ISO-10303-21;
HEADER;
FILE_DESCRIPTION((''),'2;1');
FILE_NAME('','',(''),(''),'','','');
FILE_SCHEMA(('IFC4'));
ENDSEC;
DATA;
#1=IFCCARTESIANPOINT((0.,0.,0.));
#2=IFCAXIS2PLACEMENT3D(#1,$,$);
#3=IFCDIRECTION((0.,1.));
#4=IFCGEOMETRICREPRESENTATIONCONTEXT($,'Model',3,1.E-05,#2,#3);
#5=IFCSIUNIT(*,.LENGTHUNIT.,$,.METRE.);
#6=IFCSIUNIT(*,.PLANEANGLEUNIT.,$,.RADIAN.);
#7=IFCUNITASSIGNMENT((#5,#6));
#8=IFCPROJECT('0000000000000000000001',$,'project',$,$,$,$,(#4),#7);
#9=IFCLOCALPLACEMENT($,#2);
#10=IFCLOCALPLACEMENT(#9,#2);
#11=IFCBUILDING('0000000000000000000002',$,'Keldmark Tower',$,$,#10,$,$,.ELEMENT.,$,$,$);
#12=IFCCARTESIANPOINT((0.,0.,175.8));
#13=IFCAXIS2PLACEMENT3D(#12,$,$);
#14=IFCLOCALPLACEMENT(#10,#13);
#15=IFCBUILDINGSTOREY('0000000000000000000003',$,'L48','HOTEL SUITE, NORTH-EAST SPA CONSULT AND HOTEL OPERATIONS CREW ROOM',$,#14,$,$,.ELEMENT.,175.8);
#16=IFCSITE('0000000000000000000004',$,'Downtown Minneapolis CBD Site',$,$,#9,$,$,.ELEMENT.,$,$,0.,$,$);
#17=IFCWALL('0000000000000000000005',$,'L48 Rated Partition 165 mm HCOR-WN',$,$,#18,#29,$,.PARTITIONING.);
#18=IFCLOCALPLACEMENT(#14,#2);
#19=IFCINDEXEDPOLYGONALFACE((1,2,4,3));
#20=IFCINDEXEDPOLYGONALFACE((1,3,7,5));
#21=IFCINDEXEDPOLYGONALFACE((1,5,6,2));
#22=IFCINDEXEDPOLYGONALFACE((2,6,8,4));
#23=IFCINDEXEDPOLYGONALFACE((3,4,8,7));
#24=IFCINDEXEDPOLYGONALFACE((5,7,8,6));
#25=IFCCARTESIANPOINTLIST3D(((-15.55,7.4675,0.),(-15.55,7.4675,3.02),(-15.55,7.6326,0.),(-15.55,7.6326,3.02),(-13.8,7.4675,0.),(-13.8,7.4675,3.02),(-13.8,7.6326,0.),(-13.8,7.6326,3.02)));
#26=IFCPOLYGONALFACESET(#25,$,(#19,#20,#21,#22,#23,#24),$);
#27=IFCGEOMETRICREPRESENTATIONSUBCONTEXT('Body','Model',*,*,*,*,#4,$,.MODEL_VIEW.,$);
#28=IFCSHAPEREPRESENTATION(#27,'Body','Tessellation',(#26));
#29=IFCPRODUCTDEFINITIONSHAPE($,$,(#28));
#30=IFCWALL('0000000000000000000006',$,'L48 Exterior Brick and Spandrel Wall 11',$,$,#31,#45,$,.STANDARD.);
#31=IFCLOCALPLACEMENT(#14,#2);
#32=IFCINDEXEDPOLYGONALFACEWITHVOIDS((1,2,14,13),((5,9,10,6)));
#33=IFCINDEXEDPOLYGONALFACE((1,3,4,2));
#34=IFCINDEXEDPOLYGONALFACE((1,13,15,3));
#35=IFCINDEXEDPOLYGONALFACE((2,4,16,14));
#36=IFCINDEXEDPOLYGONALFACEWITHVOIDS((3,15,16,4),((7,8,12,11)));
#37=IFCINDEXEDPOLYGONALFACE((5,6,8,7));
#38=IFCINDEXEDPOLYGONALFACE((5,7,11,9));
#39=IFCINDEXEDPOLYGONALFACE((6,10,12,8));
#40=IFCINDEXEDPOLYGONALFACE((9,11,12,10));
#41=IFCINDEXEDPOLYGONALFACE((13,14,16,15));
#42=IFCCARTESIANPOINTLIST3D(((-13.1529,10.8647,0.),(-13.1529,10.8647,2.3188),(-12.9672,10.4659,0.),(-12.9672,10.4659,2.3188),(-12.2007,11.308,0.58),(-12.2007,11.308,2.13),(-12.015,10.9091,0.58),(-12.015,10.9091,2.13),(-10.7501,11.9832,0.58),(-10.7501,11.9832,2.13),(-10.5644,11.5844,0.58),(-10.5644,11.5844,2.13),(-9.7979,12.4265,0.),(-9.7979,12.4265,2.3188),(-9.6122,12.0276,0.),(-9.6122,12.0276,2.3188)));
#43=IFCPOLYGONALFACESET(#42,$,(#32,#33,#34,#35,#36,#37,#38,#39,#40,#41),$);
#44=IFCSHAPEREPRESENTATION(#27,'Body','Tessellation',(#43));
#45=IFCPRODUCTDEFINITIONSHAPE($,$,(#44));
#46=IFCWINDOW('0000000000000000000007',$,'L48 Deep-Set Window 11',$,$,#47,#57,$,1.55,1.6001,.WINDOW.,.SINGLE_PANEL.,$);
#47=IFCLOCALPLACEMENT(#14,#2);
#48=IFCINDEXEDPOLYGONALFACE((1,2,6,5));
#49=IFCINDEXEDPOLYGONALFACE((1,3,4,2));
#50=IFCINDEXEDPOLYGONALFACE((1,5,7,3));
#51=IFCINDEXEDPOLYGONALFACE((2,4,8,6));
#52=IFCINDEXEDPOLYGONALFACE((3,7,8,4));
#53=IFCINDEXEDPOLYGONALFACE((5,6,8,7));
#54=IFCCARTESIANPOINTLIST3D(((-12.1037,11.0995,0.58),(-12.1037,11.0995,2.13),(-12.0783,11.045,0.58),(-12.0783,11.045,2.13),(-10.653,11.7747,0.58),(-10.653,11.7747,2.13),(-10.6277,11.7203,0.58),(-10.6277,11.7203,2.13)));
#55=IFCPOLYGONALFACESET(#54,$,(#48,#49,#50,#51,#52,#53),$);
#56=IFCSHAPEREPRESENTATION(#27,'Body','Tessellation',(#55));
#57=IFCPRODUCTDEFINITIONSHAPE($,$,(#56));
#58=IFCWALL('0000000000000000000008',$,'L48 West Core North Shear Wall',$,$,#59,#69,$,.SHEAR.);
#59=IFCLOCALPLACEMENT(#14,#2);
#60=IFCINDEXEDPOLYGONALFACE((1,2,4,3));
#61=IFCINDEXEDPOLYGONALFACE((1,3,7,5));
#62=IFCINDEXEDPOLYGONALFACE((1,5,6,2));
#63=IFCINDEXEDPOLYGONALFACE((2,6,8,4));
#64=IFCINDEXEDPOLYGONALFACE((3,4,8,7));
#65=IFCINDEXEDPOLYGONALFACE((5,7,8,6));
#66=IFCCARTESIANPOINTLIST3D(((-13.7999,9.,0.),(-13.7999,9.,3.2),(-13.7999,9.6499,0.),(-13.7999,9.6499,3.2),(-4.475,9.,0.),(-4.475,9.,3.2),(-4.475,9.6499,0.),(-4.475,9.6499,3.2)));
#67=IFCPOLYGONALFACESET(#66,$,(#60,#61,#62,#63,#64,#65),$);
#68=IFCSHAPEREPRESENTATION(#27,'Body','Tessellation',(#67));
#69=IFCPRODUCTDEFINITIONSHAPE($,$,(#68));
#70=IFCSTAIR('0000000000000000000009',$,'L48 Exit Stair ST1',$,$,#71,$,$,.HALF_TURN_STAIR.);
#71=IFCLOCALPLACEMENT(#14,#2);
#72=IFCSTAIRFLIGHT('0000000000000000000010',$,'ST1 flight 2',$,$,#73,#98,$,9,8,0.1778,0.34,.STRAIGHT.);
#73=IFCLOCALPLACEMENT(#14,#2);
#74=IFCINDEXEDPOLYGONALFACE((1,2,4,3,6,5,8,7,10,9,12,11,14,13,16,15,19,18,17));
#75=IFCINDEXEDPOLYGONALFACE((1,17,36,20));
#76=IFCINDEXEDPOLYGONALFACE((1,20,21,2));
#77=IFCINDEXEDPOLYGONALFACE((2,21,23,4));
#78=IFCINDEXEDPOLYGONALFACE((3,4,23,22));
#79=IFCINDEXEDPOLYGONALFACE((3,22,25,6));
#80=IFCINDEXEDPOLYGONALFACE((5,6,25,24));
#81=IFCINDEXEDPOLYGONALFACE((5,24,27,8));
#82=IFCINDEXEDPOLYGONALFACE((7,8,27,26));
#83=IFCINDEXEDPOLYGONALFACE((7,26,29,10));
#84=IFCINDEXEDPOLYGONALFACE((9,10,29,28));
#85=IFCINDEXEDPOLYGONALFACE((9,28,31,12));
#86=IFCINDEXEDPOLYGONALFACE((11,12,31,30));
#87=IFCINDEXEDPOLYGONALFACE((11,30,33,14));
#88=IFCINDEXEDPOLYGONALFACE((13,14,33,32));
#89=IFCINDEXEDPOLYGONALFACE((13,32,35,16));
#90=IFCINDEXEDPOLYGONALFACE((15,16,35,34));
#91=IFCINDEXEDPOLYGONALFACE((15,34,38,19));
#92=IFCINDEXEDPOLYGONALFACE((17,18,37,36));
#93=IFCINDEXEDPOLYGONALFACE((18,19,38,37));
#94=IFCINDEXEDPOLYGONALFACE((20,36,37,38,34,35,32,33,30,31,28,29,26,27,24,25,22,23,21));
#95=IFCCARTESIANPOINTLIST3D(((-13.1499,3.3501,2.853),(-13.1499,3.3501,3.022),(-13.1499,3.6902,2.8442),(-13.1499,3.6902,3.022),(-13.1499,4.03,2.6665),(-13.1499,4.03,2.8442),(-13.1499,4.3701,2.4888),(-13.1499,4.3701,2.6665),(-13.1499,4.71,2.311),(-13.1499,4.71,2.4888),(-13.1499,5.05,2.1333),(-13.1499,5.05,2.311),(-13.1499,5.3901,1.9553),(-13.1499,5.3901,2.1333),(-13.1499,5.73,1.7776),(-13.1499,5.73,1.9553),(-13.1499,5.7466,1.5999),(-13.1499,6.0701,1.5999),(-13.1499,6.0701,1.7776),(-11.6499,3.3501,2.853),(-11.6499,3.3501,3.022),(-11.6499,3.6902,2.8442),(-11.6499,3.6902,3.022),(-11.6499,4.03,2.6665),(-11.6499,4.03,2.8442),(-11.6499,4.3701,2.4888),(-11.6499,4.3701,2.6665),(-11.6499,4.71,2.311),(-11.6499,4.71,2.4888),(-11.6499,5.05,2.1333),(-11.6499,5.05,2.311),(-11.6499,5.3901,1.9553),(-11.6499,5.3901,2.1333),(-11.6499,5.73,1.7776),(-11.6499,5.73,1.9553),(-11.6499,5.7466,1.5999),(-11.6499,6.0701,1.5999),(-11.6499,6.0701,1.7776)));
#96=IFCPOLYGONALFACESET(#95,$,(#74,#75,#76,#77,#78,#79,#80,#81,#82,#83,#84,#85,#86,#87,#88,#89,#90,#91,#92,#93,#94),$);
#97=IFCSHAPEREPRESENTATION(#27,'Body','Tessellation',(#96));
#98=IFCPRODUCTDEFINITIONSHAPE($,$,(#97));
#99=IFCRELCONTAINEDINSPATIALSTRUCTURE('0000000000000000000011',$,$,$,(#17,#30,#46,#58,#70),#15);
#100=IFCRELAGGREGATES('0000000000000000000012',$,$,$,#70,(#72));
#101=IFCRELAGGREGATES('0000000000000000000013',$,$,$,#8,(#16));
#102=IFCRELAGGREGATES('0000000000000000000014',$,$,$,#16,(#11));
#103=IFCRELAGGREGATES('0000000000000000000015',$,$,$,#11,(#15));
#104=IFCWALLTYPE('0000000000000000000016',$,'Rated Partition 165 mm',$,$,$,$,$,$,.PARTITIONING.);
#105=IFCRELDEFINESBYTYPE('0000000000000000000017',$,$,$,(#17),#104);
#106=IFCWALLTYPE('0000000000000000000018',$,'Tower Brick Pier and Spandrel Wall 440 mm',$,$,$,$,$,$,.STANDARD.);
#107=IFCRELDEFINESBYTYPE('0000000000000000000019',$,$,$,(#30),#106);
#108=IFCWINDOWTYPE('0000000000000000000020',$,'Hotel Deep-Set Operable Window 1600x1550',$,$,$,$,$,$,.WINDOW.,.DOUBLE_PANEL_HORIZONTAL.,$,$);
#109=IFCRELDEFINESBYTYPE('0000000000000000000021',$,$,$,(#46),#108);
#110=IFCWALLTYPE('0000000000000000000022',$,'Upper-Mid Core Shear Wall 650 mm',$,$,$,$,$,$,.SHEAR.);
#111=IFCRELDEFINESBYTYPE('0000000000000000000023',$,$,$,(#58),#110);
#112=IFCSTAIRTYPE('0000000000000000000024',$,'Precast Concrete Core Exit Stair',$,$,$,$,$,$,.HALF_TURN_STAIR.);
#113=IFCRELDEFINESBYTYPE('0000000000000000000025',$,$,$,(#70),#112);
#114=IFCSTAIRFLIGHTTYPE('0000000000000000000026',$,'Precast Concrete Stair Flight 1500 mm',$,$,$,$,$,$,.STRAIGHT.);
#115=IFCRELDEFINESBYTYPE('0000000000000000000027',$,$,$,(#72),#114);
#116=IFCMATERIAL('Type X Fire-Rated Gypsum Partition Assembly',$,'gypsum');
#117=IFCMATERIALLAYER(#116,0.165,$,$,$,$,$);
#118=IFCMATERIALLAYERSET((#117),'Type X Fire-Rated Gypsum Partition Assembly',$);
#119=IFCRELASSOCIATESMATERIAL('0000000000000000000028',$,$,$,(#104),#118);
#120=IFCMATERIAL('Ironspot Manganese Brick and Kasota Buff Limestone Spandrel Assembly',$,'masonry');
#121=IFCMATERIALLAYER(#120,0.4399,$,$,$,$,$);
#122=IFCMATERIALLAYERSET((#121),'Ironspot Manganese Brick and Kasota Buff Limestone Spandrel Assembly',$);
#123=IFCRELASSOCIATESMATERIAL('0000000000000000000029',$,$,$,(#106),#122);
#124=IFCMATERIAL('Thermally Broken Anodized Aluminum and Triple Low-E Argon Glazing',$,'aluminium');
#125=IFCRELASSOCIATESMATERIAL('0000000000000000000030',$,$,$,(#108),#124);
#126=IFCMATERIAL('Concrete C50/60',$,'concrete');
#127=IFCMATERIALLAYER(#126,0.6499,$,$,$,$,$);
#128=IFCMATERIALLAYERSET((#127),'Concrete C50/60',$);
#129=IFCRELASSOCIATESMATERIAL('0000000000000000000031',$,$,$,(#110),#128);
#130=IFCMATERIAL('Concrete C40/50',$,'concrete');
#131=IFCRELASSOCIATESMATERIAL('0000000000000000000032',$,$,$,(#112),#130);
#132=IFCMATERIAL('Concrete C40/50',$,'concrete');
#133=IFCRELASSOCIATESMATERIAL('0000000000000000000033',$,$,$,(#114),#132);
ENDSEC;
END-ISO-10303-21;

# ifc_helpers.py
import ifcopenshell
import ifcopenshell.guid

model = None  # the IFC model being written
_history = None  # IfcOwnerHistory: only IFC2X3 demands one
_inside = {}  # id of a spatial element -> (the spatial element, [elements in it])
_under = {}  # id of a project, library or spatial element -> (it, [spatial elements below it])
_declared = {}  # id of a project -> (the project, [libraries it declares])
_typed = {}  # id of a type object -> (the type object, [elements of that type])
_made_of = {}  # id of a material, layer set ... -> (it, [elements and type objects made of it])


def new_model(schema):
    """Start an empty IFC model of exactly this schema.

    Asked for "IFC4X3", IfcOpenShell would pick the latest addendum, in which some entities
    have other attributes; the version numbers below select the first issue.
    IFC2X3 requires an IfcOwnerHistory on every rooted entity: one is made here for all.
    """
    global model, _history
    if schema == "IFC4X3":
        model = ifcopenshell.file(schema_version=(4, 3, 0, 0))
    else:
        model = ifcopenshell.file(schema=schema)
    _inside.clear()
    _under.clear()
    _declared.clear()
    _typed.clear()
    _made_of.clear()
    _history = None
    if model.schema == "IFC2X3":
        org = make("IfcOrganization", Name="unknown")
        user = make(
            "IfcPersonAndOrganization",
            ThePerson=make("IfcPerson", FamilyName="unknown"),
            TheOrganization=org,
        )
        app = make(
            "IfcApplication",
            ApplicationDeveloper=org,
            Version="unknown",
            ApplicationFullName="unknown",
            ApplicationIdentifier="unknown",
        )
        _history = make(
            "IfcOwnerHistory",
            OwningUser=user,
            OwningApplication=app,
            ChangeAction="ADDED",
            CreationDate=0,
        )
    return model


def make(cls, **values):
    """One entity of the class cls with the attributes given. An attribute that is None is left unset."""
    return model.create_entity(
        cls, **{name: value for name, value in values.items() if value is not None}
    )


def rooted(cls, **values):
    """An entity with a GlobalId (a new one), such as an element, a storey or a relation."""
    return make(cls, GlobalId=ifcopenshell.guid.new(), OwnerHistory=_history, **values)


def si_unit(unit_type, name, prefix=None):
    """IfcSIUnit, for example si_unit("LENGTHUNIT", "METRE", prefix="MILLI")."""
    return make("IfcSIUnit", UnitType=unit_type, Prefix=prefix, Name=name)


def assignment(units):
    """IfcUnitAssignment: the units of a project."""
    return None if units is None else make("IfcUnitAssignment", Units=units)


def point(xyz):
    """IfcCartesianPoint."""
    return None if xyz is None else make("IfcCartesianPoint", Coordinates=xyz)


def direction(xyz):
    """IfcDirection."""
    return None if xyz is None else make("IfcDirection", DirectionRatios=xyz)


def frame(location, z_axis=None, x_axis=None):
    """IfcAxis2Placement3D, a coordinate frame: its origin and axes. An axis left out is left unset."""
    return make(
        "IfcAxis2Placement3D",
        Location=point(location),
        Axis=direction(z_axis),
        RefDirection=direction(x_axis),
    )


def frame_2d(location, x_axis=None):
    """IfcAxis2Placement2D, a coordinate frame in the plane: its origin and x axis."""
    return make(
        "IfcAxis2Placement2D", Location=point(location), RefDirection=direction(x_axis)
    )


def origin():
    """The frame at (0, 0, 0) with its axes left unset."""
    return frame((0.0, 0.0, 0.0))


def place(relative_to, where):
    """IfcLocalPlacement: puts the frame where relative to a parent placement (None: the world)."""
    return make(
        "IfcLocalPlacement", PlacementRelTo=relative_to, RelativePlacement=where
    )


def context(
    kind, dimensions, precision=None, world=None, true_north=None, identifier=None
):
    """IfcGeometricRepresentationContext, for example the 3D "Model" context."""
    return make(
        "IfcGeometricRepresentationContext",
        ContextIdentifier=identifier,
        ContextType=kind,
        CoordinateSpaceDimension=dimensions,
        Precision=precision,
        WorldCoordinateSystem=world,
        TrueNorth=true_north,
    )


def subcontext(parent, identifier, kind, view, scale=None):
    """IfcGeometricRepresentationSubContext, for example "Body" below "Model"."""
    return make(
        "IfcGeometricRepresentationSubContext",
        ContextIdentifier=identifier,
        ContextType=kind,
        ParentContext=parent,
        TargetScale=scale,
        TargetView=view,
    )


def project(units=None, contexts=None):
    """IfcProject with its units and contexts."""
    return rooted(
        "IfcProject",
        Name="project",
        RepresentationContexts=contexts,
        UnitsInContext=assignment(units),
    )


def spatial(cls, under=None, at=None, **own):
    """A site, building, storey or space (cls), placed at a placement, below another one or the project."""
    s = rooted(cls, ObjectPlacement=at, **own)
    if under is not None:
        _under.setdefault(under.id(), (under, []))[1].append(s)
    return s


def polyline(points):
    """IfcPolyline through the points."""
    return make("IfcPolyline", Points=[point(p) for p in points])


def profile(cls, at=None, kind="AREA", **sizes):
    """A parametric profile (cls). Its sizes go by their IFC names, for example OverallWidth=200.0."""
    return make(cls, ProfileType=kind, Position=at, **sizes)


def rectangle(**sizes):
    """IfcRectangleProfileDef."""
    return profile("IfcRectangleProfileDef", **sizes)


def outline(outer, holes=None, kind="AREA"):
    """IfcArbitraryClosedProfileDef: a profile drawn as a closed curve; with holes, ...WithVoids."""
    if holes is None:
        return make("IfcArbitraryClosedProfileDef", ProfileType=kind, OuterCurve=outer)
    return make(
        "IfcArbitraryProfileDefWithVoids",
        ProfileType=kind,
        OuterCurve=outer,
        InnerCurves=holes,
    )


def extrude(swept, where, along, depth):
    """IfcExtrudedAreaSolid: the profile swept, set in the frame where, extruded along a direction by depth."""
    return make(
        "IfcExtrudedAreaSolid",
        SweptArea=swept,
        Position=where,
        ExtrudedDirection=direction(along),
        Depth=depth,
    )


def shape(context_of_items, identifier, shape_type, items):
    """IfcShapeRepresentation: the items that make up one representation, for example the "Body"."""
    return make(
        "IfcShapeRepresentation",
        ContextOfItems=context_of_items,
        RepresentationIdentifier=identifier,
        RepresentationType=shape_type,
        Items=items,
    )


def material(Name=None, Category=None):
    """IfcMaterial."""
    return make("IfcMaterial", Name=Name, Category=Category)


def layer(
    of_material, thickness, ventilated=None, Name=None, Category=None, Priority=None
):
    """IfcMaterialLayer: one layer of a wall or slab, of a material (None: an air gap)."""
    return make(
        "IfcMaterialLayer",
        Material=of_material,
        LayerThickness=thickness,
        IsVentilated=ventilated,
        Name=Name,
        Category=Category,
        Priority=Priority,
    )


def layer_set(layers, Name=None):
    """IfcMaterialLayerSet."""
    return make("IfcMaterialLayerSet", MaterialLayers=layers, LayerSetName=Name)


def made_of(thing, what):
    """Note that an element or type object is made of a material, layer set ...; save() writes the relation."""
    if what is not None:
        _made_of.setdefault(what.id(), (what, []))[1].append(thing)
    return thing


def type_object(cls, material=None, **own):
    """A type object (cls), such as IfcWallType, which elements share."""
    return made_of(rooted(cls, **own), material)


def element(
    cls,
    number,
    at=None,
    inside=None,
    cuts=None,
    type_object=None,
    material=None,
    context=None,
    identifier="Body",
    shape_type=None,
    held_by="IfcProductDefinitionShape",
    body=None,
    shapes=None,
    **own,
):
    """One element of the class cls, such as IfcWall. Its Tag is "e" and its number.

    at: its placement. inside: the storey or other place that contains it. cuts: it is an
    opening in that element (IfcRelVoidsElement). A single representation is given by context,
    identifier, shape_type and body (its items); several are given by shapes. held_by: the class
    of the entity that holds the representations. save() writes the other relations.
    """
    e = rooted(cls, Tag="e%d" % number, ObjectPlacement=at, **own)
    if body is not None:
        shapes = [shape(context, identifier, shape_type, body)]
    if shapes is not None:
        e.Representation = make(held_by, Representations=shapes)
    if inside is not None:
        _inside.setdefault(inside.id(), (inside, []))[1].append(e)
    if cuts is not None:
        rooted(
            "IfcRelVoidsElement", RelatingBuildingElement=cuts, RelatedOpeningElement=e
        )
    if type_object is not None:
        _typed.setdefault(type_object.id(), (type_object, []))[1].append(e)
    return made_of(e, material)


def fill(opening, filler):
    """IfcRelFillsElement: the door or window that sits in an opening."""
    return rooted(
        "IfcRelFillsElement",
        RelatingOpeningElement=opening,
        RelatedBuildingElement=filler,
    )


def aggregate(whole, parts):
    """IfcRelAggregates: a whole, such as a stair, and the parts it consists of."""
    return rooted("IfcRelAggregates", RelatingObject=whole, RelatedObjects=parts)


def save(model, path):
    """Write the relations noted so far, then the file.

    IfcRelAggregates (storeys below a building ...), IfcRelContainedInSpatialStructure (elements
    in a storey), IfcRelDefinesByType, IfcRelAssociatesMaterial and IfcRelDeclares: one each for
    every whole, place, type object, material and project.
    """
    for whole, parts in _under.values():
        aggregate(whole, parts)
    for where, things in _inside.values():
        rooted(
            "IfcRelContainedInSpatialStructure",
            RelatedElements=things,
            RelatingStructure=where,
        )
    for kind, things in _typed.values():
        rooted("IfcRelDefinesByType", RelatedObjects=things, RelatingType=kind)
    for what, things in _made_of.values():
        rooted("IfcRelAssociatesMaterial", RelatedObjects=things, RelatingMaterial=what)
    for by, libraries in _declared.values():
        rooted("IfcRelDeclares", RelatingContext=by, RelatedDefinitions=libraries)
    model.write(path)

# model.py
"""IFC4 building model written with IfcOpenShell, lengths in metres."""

from ifc_helpers import new_model, si_unit, direction, frame, frame_2d, origin, place, context, subcontext, project, spatial, polyline, rectangle, outline, extrude, material, layer, layer_set, type_object, element, fill, aggregate, save


model = new_model("IFC4")

# Units and contexts
model_context = context("Model", 3, precision=1e-05, world=origin(), true_north=direction((0.0, 1.0)))
body_context = subcontext(model_context, "Body", "Model", "MODEL_VIEW")
ifc_project = project(units=[si_unit("LENGTHUNIT", "METRE"), si_unit("PLANEANGLEUNIT", "RADIAN")], contexts=[model_context])

# Site, building, storey
site_placement = place(None, origin())
site = spatial("IfcSite", under=ifc_project, at=site_placement, Name="Downtown Minneapolis CBD Site", CompositionType="ELEMENT", RefElevation=0.0)
building_placement = place(site_placement, origin())
building = spatial("IfcBuilding", under=site, at=building_placement, Name="Keldmark Tower", CompositionType="ELEMENT")
storey_placement = place(building_placement, frame((0.0, 0.0, 175.8)))
storey = spatial("IfcBuildingStorey", under=building, at=storey_placement, Name="L48", Description="HOTEL SUITE, NORTH-EAST SPA CONSULT AND HOTEL OPERATIONS CREW ROOM", CompositionType="ELEMENT", Elevation=175.8)

# Wall
ifc_material_1 = material(Name="Type X Fire-Rated Gypsum Partition Assembly", Category="gypsum")
ifc_layer_1 = layer(ifc_material_1, 0.165)
ifc_layer_set_1 = layer_set([ifc_layer_1], Name="Type X Fire-Rated Gypsum Partition Assembly")
wall_type_1 = type_object("IfcWallType", Name="Rated Partition 165 mm", PredefinedType="PARTITIONING", material=ifc_layer_set_1)
wall_1_placement = place(storey_placement, frame((-15.55, 7.55, 0.0), z_axis=(0.0, 0.0, 1.0), x_axis=(1.0, 0.0, 0.0)))
element("IfcWall", 1, at=wall_1_placement, inside=storey, type_object=wall_type_1, Name="L48 Rated Partition 165 mm HCOR-WN", PredefinedType="PARTITIONING", context=body_context, shape_type="SweptSolid", body=[
    extrude(rectangle(XDim=1.75, YDim=0.165, at=frame_2d((0.875, 0.0))), origin(), (0.0, 0.0, 1.0), 3.02),
])

# Wall, opening, window
ifc_material_2 = material(Name="Ironspot Manganese Brick and Kasota Buff Limestone Spandrel Assembly", Category="masonry")
ifc_layer_2 = layer(ifc_material_2, 0.4399)
ifc_layer_set_2 = layer_set([ifc_layer_2], Name="Ironspot Manganese Brick and Kasota Buff Limestone Spandrel Assembly")
wall_type_2 = type_object("IfcWallType", Name="Tower Brick Pier and Spandrel Wall 440 mm", PredefinedType="STANDARD", material=ifc_layer_set_2)
wall_2_placement = place(storey_placement, frame((-13.0601, 10.6653, 0.0), z_axis=(0.0, 0.0, 1.0), x_axis=(0.906586, 0.422022, 0.0)))
wall_2 = element("IfcWall", 2, at=wall_2_placement, inside=storey, type_object=wall_type_2, Name="L48 Exterior Brick and Spandrel Wall 11", PredefinedType="STANDARD", context=body_context, shape_type="SweptSolid", body=[
    extrude(rectangle(XDim=3.7007, YDim=0.4399, at=frame_2d((1.8503, 0.0))), origin(), (0.0, 0.0, 1.0), 2.3188),
])
opening_placement = place(wall_2_placement, frame((1.0503, 0.0, 0.5801)))
opening = element("IfcOpeningElement", 3, at=opening_placement, cuts=wall_2, PredefinedType="OPENING", context=body_context, shape_type="SweptSolid", body=[
    extrude(rectangle(XDim=1.6001, YDim=1.55, at=frame_2d((0.8, 0.7749))), frame((0.0, 0.23, 0.0), z_axis=(0.0, -1.0, 0.0), x_axis=(1.0, 0.0, 0.0)), (0.0, 0.0, 1.0), 0.46),
])
ifc_material_3 = material(Name="Thermally Broken Anodized Aluminum and Triple Low-E Argon Glazing", Category="aluminium")
window_type = type_object("IfcWindowType", Name="Hotel Deep-Set Operable Window 1600x1550", PartitioningType="DOUBLE_PANEL_HORIZONTAL", PredefinedType="WINDOW", material=ifc_material_3)
window_placement = place(opening_placement, origin())
window = element("IfcWindow", 4, at=window_placement, inside=storey, type_object=window_type, Name="L48 Deep-Set Window 11", OverallHeight=1.55, OverallWidth=1.6001, PartitioningType="SINGLE_PANEL", PredefinedType="WINDOW", context=body_context, shape_type="SweptSolid", body=[
    extrude(rectangle(XDim=1.6001, YDim=1.55, at=frame_2d((0.8, 0.7749))), frame((0.0, -0.01, 0.0), z_axis=(0.0, -1.0, 0.0), x_axis=(1.0, 0.0, 0.0)), (0.0, 0.0, 1.0), 0.0601),
])
fill(opening, window)

# Wall
ifc_material_4 = material(Name="Concrete C50/60", Category="concrete")
ifc_layer_3 = layer(ifc_material_4, 0.6499)
ifc_layer_set_3 = layer_set([ifc_layer_3], Name="Concrete C50/60")
wall_type_3 = type_object("IfcWallType", Name="Upper-Mid Core Shear Wall 650 mm", PredefinedType="SHEAR", material=ifc_layer_set_3)
wall_3_placement = place(storey_placement, frame((-13.8, 9.325, 0.0), z_axis=(0.0, 0.0, 1.0), x_axis=(1.0, 0.0, 0.0)))
element("IfcWall", 5, at=wall_3_placement, inside=storey, type_object=wall_type_3, Name="L48 West Core North Shear Wall", PredefinedType="SHEAR", context=body_context, shape_type="SweptSolid", body=[
    extrude(rectangle(XDim=9.325, YDim=0.6499, at=frame_2d((4.6626, 0.0))), origin(), (0.0, 0.0, 1.0), 3.2),
])

# Stair, stair flight
ifc_material_5 = material(Name="Concrete C40/50", Category="concrete")
stair_type = type_object("IfcStairType", Name="Precast Concrete Core Exit Stair", PredefinedType="HALF_TURN_STAIR", material=ifc_material_5)
stair_placement = place(storey_placement, origin())
stair = element("IfcStair", 6, at=stair_placement, inside=storey, type_object=stair_type, Name="L48 Exit Stair ST1", PredefinedType="HALF_TURN_STAIR")
ifc_material_6 = material(Name="Concrete C40/50", Category="concrete")
stair_flight_type = type_object("IfcStairFlightType", Name="Precast Concrete Stair Flight 1500 mm", PredefinedType="STRAIGHT", material=ifc_material_6)
stair_flight_placement = place(storey_placement, frame((-12.3999, 6.0701, 1.5999), z_axis=(0.0, 0.0, 1.0), x_axis=(0.0, -1.0, 0.0)))
stair_flight = element("IfcStairFlight", 7, at=stair_flight_placement, type_object=stair_flight_type, Name="ST1 flight 2", NumberOfRisers=9, NumberOfTreads=8, PredefinedType="STRAIGHT", RiserHeight=0.1778, TreadLength=0.34, context=body_context, shape_type="SweptSolid", body=[
    extrude(outline(polyline([(0.0, 0.0), (0.0, 0.1777), (0.3401, 0.1777), (0.3401, 0.3555), (0.6799, 0.3555), (0.6799, 0.5334), (1.02, 0.5334), (1.02, 0.7112), (1.3601, 0.7112), (1.3601, 0.8889), (1.7, 0.8889), (1.7, 1.0667), (2.04, 1.0667), (2.04, 1.2444), (2.3799, 1.2444), (2.3799, 1.4221), (2.72, 1.4221), (2.72, 1.6001), (2.72, 1.2532), (0.3235, 0.0), (0.0, 0.0)])), frame((0.0, 0.75, 0.0), z_axis=(0.0, -1.0, 0.0), x_axis=(1.0, 0.0, 0.0)), (0.0, 0.0, 1.0), 1.5),
])
aggregate(stair, [stair_flight])

save(model, "model.ifc")
